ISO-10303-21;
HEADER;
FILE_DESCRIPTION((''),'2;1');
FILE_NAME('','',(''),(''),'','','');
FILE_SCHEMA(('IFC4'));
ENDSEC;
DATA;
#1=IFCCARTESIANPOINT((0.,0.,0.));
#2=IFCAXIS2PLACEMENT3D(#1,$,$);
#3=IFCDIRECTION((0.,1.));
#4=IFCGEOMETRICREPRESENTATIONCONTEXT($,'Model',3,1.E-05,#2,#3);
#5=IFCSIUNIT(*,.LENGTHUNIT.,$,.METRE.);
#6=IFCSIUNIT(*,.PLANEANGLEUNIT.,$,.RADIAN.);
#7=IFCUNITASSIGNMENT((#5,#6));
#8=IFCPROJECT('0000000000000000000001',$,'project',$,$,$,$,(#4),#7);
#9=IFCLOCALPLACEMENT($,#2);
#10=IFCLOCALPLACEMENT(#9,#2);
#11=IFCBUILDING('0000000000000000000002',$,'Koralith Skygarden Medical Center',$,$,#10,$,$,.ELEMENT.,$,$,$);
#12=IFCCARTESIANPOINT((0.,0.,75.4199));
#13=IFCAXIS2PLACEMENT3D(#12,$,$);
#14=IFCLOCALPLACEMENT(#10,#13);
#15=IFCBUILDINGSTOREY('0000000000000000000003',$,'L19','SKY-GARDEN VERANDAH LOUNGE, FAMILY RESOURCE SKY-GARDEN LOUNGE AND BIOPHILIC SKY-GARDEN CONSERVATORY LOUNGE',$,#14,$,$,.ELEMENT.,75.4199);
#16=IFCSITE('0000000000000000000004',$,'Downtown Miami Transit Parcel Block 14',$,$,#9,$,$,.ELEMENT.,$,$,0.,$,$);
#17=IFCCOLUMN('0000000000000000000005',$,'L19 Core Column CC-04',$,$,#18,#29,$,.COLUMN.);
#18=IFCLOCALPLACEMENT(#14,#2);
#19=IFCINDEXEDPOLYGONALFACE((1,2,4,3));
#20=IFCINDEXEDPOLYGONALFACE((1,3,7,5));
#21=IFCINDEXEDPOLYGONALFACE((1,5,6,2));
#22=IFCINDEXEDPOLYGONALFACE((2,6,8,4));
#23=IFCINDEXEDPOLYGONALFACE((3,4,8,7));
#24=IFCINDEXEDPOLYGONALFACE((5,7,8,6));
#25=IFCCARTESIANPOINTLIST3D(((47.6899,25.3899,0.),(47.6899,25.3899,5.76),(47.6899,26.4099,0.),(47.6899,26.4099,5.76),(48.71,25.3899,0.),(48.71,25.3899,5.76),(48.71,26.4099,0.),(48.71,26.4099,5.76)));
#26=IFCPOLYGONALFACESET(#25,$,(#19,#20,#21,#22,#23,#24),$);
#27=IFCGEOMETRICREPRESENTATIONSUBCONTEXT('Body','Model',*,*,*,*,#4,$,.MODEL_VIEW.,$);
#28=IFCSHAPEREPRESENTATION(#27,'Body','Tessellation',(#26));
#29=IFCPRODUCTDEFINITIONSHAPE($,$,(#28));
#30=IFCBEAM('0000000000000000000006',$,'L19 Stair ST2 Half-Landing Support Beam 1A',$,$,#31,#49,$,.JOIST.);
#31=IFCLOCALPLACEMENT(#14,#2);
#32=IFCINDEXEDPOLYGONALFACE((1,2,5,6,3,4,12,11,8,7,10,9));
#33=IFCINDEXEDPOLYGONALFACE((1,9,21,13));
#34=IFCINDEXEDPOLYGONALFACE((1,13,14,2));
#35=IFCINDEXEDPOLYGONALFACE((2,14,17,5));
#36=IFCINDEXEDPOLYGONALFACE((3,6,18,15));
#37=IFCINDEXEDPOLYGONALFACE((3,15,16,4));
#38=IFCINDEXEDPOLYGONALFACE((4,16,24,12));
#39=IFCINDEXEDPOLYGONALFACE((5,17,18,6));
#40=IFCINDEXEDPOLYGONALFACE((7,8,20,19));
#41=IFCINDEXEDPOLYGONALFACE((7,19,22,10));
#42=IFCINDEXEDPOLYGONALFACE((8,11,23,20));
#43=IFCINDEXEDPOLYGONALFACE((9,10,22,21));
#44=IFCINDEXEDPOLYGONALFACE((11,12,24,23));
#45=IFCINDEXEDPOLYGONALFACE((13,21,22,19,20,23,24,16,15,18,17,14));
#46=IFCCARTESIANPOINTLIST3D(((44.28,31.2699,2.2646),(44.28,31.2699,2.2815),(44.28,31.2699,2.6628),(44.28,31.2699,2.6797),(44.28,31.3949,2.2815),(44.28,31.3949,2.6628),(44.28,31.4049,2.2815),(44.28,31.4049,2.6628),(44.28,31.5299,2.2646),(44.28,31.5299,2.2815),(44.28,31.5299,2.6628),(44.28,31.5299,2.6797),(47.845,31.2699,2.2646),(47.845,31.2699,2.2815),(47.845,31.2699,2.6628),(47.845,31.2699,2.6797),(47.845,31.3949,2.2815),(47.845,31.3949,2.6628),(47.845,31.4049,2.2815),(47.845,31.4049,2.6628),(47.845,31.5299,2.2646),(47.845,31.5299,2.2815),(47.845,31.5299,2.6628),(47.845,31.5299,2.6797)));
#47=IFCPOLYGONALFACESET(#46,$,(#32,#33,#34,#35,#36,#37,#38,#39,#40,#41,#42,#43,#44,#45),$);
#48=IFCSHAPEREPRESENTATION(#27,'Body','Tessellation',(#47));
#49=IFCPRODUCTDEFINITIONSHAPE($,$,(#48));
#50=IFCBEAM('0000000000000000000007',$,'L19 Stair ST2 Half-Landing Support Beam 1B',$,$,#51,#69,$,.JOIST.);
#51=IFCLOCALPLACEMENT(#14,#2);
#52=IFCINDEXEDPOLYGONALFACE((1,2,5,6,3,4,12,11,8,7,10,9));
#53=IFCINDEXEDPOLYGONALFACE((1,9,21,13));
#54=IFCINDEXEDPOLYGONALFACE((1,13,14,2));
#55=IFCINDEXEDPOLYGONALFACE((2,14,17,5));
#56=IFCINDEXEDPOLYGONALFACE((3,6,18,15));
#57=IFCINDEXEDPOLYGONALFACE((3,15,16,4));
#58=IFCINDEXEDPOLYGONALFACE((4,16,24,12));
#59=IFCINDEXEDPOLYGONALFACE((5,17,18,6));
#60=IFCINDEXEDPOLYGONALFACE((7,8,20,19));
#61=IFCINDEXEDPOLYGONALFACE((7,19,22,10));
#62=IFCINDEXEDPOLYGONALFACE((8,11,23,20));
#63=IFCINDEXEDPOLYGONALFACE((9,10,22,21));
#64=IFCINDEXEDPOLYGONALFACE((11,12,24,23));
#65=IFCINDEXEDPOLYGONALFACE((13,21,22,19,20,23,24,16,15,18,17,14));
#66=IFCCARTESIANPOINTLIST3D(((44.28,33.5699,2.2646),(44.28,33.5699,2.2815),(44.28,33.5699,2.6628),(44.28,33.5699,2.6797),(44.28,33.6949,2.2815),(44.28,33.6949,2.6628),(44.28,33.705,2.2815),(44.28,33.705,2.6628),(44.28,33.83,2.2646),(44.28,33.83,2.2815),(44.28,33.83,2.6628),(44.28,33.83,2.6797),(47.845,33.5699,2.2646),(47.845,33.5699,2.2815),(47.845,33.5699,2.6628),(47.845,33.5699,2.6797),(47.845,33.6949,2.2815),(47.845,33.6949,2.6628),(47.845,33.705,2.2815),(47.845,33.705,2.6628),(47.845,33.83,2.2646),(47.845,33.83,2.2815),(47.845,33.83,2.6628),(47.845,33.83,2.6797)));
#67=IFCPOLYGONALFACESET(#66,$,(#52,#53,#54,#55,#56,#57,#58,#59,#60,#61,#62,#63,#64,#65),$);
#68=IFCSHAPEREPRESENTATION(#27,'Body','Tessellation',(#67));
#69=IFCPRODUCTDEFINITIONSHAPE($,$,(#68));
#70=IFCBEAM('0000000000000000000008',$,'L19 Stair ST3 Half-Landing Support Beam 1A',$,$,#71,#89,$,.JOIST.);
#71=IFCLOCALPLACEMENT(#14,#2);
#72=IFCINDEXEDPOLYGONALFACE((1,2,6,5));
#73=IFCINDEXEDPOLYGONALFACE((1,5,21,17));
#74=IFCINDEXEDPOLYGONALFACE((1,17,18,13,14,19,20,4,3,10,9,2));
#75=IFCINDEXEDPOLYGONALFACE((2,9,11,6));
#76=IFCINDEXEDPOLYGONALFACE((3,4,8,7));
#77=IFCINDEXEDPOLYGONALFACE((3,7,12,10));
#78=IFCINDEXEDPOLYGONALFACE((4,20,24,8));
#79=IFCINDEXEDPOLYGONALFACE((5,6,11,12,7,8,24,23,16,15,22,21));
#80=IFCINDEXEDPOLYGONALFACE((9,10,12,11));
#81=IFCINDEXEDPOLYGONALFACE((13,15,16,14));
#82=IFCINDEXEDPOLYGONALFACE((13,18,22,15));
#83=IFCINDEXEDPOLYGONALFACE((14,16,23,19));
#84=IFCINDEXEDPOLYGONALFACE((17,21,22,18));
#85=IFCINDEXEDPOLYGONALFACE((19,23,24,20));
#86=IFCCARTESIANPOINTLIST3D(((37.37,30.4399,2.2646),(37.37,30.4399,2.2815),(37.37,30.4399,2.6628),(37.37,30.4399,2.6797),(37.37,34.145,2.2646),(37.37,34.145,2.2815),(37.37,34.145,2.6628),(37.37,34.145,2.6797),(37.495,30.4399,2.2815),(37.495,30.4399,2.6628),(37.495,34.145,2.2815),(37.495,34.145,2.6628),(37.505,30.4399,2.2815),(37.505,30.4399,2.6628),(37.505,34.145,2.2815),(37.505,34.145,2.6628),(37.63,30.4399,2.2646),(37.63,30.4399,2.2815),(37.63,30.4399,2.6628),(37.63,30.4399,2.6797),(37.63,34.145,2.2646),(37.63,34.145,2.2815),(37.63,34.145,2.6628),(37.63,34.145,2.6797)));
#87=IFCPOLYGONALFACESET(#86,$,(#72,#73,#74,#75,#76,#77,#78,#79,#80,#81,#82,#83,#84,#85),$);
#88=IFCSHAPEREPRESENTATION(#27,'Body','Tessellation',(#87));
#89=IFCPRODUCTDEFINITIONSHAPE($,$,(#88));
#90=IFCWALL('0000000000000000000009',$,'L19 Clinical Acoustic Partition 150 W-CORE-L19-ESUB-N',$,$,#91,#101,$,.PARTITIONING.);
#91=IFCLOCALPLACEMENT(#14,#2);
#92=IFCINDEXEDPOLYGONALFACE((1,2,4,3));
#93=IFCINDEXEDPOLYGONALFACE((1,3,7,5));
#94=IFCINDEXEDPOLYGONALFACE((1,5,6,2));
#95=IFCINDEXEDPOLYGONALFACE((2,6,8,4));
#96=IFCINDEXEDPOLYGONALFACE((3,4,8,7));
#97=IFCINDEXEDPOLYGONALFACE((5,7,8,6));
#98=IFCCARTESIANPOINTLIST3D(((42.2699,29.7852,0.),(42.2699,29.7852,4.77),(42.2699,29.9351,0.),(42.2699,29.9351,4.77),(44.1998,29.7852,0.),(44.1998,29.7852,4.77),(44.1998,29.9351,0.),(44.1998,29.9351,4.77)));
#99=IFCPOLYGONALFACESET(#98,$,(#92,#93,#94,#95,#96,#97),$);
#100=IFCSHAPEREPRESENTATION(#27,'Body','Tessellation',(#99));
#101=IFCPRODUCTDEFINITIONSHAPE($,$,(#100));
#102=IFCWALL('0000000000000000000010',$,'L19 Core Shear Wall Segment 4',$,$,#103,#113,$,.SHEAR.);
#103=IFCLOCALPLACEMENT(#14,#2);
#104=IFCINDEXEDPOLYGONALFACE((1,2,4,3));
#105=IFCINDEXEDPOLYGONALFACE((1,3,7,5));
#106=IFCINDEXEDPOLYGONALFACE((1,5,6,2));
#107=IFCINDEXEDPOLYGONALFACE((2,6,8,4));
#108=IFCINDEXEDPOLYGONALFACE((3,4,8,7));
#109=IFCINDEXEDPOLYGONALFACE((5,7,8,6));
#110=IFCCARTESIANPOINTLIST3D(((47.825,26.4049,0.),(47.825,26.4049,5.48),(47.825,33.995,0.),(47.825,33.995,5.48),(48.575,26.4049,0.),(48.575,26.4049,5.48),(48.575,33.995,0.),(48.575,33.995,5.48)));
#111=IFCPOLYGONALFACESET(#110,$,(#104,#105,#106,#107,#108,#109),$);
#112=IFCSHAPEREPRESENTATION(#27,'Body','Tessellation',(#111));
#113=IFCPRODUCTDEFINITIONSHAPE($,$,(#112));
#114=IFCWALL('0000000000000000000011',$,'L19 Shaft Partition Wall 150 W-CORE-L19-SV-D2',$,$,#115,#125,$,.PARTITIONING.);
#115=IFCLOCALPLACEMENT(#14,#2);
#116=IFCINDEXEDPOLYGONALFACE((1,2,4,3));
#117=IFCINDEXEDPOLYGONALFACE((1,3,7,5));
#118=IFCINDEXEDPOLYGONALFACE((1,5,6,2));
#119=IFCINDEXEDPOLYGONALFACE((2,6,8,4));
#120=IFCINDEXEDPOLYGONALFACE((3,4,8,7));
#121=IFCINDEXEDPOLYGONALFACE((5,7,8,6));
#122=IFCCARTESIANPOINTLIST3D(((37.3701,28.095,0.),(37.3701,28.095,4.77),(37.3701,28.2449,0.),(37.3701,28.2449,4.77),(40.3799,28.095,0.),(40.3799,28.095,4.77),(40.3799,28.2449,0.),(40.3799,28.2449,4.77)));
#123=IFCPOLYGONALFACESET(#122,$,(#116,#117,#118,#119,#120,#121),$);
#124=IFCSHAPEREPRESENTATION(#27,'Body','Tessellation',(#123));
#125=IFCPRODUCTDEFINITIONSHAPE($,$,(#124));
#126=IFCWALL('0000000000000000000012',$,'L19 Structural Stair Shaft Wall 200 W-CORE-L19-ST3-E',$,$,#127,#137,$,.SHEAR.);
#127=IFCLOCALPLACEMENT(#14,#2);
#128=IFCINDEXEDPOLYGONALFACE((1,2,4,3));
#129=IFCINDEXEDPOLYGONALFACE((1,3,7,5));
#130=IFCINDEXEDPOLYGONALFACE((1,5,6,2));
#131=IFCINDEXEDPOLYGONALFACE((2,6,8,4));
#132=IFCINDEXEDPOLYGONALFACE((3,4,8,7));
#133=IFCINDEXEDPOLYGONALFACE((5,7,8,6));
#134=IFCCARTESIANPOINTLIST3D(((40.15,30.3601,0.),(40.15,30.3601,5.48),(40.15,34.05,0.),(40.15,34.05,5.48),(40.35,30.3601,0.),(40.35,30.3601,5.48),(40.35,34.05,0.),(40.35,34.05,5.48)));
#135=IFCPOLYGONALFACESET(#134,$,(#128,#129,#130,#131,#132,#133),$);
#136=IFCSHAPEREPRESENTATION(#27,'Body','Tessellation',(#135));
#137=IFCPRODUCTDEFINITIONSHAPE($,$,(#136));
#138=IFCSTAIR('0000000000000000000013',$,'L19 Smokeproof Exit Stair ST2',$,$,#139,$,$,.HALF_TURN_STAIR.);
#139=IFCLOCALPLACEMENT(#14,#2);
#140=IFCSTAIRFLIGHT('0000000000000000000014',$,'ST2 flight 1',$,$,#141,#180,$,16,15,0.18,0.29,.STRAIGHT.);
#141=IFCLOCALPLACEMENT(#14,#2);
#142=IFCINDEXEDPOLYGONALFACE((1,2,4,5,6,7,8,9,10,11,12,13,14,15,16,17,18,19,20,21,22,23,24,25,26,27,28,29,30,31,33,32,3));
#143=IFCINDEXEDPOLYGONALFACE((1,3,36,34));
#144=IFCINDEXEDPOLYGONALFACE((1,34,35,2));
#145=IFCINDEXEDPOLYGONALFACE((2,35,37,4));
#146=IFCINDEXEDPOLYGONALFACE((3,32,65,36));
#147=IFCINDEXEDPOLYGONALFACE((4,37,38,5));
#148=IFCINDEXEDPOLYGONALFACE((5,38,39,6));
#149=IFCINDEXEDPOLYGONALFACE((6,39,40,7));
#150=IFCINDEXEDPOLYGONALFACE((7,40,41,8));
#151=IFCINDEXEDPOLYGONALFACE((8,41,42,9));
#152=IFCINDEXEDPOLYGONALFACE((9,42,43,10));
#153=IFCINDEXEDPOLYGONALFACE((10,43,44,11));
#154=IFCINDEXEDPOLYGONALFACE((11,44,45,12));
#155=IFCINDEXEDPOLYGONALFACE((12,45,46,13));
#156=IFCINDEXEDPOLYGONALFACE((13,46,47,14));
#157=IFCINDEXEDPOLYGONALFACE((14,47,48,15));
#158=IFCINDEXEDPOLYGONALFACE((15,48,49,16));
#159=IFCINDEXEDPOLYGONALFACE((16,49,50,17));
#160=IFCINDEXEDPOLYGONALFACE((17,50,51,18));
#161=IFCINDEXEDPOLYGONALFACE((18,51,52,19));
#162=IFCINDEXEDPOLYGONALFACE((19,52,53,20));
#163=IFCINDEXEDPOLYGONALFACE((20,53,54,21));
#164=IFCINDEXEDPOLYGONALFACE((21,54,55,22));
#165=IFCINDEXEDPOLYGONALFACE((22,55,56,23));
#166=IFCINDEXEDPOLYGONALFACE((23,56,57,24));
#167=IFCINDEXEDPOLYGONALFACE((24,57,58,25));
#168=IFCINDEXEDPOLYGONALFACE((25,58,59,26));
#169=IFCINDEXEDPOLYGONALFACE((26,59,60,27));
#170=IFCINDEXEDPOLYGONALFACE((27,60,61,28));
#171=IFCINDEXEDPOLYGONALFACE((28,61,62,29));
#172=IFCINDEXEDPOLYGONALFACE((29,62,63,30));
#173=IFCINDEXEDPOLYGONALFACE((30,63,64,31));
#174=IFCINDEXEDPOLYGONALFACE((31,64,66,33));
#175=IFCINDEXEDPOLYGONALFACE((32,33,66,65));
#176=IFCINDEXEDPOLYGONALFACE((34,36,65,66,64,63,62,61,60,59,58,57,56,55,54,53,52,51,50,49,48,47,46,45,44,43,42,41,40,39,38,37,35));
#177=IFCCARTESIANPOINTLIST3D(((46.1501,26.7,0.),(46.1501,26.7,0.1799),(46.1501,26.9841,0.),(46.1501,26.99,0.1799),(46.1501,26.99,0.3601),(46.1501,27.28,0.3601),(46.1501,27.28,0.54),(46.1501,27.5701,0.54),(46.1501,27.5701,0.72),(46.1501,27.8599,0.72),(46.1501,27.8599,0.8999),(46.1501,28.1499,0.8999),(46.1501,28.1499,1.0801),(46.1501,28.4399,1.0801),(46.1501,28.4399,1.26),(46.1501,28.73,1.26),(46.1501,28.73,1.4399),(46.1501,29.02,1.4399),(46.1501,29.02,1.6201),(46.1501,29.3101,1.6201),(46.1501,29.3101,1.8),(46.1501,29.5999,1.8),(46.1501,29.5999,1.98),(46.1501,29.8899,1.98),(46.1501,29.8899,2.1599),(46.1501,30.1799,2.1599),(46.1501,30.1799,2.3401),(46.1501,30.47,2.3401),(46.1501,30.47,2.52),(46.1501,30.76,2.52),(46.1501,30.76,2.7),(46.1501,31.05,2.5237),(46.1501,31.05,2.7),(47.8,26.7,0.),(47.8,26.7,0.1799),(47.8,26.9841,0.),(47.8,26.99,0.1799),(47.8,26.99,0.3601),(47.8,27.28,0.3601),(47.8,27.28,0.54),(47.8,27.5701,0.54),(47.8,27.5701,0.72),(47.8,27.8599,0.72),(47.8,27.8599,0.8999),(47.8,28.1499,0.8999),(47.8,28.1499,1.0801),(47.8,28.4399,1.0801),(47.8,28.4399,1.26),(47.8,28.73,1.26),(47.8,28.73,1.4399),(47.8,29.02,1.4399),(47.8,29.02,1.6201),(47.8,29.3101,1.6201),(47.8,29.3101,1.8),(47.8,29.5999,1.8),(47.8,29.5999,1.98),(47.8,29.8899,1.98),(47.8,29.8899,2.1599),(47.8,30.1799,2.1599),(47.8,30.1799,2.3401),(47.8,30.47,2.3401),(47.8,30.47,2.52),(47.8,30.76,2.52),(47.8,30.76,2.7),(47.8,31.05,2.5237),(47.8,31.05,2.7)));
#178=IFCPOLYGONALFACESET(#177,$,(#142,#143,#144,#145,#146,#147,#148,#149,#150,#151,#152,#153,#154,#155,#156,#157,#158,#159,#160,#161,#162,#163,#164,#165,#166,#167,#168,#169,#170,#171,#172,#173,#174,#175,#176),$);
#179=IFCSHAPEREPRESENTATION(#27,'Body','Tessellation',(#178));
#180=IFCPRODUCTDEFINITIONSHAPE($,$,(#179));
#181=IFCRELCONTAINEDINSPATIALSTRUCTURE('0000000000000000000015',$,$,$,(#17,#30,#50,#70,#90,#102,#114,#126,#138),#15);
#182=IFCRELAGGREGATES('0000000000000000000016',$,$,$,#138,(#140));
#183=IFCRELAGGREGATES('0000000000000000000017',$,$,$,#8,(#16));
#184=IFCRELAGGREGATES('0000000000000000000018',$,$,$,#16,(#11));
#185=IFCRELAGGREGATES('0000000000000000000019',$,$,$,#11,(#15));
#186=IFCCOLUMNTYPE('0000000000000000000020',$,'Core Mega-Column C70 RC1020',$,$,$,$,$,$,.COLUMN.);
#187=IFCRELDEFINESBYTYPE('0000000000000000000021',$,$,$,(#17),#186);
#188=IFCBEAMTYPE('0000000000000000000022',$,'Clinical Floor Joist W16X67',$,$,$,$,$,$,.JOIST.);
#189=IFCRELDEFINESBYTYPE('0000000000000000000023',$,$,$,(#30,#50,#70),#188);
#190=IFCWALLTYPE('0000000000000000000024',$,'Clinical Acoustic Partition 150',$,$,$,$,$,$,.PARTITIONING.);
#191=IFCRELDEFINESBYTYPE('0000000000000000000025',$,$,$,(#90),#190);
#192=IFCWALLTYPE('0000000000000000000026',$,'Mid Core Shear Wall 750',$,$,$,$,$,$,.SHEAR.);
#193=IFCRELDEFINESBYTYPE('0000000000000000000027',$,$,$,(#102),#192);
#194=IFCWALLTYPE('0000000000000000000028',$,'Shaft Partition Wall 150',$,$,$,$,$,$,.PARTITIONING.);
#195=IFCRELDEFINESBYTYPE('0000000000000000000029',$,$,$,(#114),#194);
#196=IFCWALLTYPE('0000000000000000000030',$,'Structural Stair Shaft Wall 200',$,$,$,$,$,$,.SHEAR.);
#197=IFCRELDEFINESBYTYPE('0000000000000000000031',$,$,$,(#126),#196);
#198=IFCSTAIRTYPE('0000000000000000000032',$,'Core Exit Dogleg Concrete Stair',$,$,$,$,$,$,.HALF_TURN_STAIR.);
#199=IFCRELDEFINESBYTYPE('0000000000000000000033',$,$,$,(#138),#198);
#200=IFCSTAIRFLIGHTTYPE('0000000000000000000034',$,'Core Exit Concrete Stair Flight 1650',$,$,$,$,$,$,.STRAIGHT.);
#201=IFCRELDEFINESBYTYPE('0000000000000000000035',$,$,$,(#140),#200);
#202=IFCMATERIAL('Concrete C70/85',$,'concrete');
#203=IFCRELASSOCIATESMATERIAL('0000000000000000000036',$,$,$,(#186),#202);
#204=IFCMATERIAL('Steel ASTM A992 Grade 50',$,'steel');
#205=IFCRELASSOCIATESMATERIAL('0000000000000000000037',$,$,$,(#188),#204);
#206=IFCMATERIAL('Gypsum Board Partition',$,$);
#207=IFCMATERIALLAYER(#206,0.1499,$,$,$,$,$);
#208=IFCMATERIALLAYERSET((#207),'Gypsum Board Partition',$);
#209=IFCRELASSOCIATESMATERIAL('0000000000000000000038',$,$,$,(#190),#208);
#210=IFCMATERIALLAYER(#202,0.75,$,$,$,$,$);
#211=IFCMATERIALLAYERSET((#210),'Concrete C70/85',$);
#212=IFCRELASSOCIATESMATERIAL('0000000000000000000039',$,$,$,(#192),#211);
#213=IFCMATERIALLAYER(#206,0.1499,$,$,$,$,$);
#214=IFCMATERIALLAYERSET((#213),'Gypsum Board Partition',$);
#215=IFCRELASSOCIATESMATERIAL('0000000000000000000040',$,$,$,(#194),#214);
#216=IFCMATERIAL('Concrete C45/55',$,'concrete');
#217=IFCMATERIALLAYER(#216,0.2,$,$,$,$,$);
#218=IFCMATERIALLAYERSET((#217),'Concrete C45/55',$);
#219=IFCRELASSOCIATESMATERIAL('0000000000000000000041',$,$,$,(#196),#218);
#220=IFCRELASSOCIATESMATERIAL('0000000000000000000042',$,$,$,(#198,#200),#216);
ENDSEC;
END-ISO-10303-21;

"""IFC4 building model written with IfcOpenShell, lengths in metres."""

from ifc_helpers import new_model, si_unit, direction, frame, frame_2d, origin, origin_2d, place, context, subcontext, project, spatial, polyline, rectangle, i_section, outline, extrude, material, layer, layer_set, material_profile, profile_set, type_object, element, aggregate, save


model = new_model("IFC4")

# Units and contexts
model_context = context("Model", 3, precision=1e-05, world=origin(), true_north=direction((0.0, 1.0)))
body_context = subcontext(model_context, "Body", "Model", "MODEL_VIEW")
ifc_project = project(units=[si_unit("LENGTHUNIT", "METRE"), si_unit("PLANEANGLEUNIT", "RADIAN")], contexts=[model_context])

# Site, building, storey
site_placement = place(None, origin())
site = spatial("IfcSite", under=ifc_project, at=site_placement, Name="Downtown Miami Transit Parcel Block 14", CompositionType="ELEMENT", RefElevation=0.0)
building_placement = place(site_placement, origin())
building = spatial("IfcBuilding", under=site, at=building_placement, Name="Koralith Skygarden Medical Center", CompositionType="ELEMENT")
storey_placement = place(building_placement, frame((0.0, 0.0, 75.4199)))
storey = spatial("IfcBuildingStorey", under=building, at=storey_placement, Name="L19", Description="SKY-GARDEN VERANDAH LOUNGE, FAMILY RESOURCE SKY-GARDEN LOUNGE AND BIOPHILIC SKY-GARDEN CONSERVATORY LOUNGE", CompositionType="ELEMENT", Elevation=75.4199)

# Column
ifc_material_1 = material(Name="Concrete C70/85", Category="concrete")
ifc_material_profile_1 = material_profile(ifc_material_1, rectangle(XDim=1.02, YDim=1.02, at=origin_2d()), Name="RC1020X1020")
ifc_profile_set_1 = profile_set([ifc_material_profile_1], Name="Concrete C70/85")
column_type = type_object("IfcColumnType", Name="Core Mega-Column C70 RC1020", PredefinedType="COLUMN", material=ifc_profile_set_1)
column_placement = place(storey_placement, frame((48.2, 25.8999, 0.0), z_axis=(0.0, 0.0, 1.0), x_axis=(1.0, 0.0, 0.0)))
element("IfcColumn", 1, at=column_placement, inside=storey, type_object=column_type, Name="L19 Core Column CC-04", PredefinedType="COLUMN", context=body_context, shape_type="SweptSolid", body=[
    extrude(rectangle(XDim=1.02, YDim=1.02, at=origin_2d()), origin(), (0.0, 0.0, 1.0), 5.76),
])

# Beams
ifc_material_2 = material(Name="Steel ASTM A992 Grade 50", Category="steel")
ifc_material_profile_2 = material_profile(ifc_material_2, i_section(OverallWidth=0.26, OverallDepth=0.415, WebThickness=0.01, FlangeThickness=0.0168, at=origin_2d()), Name="W16X67")
ifc_profile_set_2 = profile_set([ifc_material_profile_2], Name="Steel ASTM A992 Grade 50")
beam_type = type_object("IfcBeamType", Name="Clinical Floor Joist W16X67", PredefinedType="JOIST", material=ifc_profile_set_2)
for number, where, z_axis, x_axis, name in (
    (2, (44.28, 31.3999, 2.4722), (1.0, 0.0, 0.0), (0.0, 1.0, 0.0), "L19 Stair ST2 Half-Landing Support Beam 1A"),
    (3, (44.28, 33.7, 2.4722), (1.0, 0.0, 0.0), (0.0, 1.0, 0.0), "L19 Stair ST2 Half-Landing Support Beam 1B"),
):
    element("IfcBeam", number, at=place(storey_placement, frame(where, z_axis=z_axis, x_axis=x_axis)), inside=storey, type_object=beam_type, Name=name, PredefinedType="JOIST", context=body_context, shape_type="SweptSolid", body=[
        extrude(i_section(OverallWidth=0.26, OverallDepth=0.415, WebThickness=0.01, FlangeThickness=0.0168, at=origin_2d()), origin(), (0.0, 0.0, 1.0), 3.5649),
    ])
beam_placement = place(storey_placement, frame((37.5, 30.4399, 2.4722), z_axis=(0.0, 1.0, 0.0), x_axis=(-1.0, 0.0, 0.0)))
element("IfcBeam", 4, at=beam_placement, inside=storey, type_object=beam_type, Name="L19 Stair ST3 Half-Landing Support Beam 1A", PredefinedType="JOIST", context=body_context, shape_type="SweptSolid", body=[
    extrude(i_section(OverallWidth=0.26, OverallDepth=0.415, WebThickness=0.01, FlangeThickness=0.0168, at=origin_2d()), origin(), (0.0, 0.0, 1.0), 3.7051),
])

# Walls
ifc_material_3 = material(Name="Gypsum Board Partition")
ifc_layer_1 = layer(ifc_material_3, 0.1499)
ifc_layer_set_1 = layer_set([ifc_layer_1], Name="Gypsum Board Partition")
wall_type_1 = type_object("IfcWallType", Name="Clinical Acoustic Partition 150", PredefinedType="PARTITIONING", material=ifc_layer_set_1)
wall_1_placement = place(storey_placement, frame((42.27, 29.8601, 0.0), z_axis=(0.0, 0.0, 1.0), x_axis=(1.0, 0.0, 0.0)))
element("IfcWall", 5, at=wall_1_placement, inside=storey, type_object=wall_type_1, Name="L19 Clinical Acoustic Partition 150 W-CORE-L19-ESUB-N", PredefinedType="PARTITIONING", context=body_context, shape_type="SweptSolid", body=[
    extrude(rectangle(XDim=1.9299, YDim=0.1499, at=frame_2d((0.9648, 0.0))), origin(), (0.0, 0.0, 1.0), 4.77),
])
ifc_layer_2 = layer(ifc_material_1, 0.75)
ifc_layer_set_2 = layer_set([ifc_layer_2], Name="Concrete C70/85")
wall_type_2 = type_object("IfcWallType", Name="Mid Core Shear Wall 750", PredefinedType="SHEAR", material=ifc_layer_set_2)
wall_2_placement = place(storey_placement, frame((48.2, 26.405, 0.0), z_axis=(0.0, 0.0, 1.0), x_axis=(0.0, 1.0, 0.0)))
element("IfcWall", 6, at=wall_2_placement, inside=storey, type_object=wall_type_2, Name="L19 Core Shear Wall Segment 4", PredefinedType="SHEAR", context=body_context, shape_type="SweptSolid", body=[
    extrude(rectangle(XDim=7.5901, YDim=0.75, at=frame_2d((3.7949, 0.0))), origin(), (0.0, 0.0, 1.0), 5.48),
])
ifc_layer_3 = layer(ifc_material_3, 0.1499)
ifc_layer_set_3 = layer_set([ifc_layer_3], Name="Gypsum Board Partition")
wall_type_3 = type_object("IfcWallType", Name="Shaft Partition Wall 150", PredefinedType="PARTITIONING", material=ifc_layer_set_3)
wall_3_placement = place(storey_placement, frame((37.3701, 28.1699, 0.0), z_axis=(0.0, 0.0, 1.0), x_axis=(1.0, 0.0, 0.0)))
element("IfcWall", 7, at=wall_3_placement, inside=storey, type_object=wall_type_3, Name="L19 Shaft Partition Wall 150 W-CORE-L19-SV-D2", PredefinedType="PARTITIONING", context=body_context, shape_type="SweptSolid", body=[
    extrude(rectangle(XDim=3.0098, YDim=0.1499, at=frame_2d((1.5049, 0.0))), origin(), (0.0, 0.0, 1.0), 4.77),
])
ifc_material_4 = material(Name="Concrete C45/55", Category="concrete")
ifc_layer_4 = layer(ifc_material_4, 0.2)
ifc_layer_set_4 = layer_set([ifc_layer_4], Name="Concrete C45/55")
wall_type_4 = type_object("IfcWallType", Name="Structural Stair Shaft Wall 200", PredefinedType="SHEAR", material=ifc_layer_set_4)
wall_4_placement = place(storey_placement, frame((40.25, 30.3601, 0.0), z_axis=(0.0, 0.0, 1.0), x_axis=(0.0, 1.0, 0.0)))
element("IfcWall", 8, at=wall_4_placement, inside=storey, type_object=wall_type_4, Name="L19 Structural Stair Shaft Wall 200 W-CORE-L19-ST3-E", PredefinedType="SHEAR", context=body_context, shape_type="SweptSolid", body=[
    extrude(rectangle(XDim=3.6899, YDim=0.2, at=frame_2d((1.845, 0.0))), origin(), (0.0, 0.0, 1.0), 5.48),
])

# Stair, stair flight
stair_type = type_object("IfcStairType", Name="Core Exit Dogleg Concrete Stair", PredefinedType="HALF_TURN_STAIR", material=ifc_material_4)
stair_1_placement = place(storey_placement, origin())
stair_1 = element("IfcStair", 9, at=stair_1_placement, inside=storey, type_object=stair_type, Name="L19 Smokeproof Exit Stair ST2", PredefinedType="HALF_TURN_STAIR")
stair_flight_type = type_object("IfcStairFlightType", Name="Core Exit Concrete Stair Flight 1650", PredefinedType="STRAIGHT", material=ifc_material_4)
stair_flight_1_placement = place(storey_placement, frame((46.9751, 26.7, 0.0), z_axis=(0.0, 0.0, 1.0), x_axis=(0.0, 1.0, 0.0)))
stair_flight_1 = element("IfcStairFlight", 10, at=stair_flight_1_placement, type_object=stair_flight_type, Name="ST2 flight 1", NumberOfRisers=16, NumberOfTreads=15, PredefinedType="STRAIGHT", RiserHeight=0.18, TreadLength=0.29, context=body_context, shape_type="SweptSolid", body=[
    extrude(outline(polyline([(0.0, 0.0), (0.0, 0.1799), (0.29, 0.1799), (0.29, 0.3601), (0.5801, 0.3601), (0.5801, 0.54), (0.8701, 0.54), (0.8701, 0.72), (1.1599, 0.72), (1.1599, 0.8999), (1.45, 0.8999), (1.45, 1.0801), (1.74, 1.0801), (1.74, 1.26), (2.03, 1.26), (2.03, 1.4399), (2.3201, 1.4399), (2.3201, 1.6201), (2.6101, 1.6201), (2.6101, 1.8), (2.8999, 1.8), (2.8999, 1.98), (3.1899, 1.98), (3.1899, 2.1599), (3.48, 2.1599), (3.48, 2.3401), (3.77, 2.3401), (3.77, 2.52), (4.0601, 2.52), (4.0601, 2.7), (4.3501, 2.7), (4.3501, 2.8799), (4.3501, 2.5237), (0.2842, 0.0), (0.0, 0.0)])), frame((0.0, 0.825, 0.0), z_axis=(0.0, -1.0, 0.0), x_axis=(1.0, 0.0, 0.0)), (0.0, 0.0, 1.0), 1.6499),
])
aggregate(stair_1, [stair_flight_1])

save(model, "model.ifc")
